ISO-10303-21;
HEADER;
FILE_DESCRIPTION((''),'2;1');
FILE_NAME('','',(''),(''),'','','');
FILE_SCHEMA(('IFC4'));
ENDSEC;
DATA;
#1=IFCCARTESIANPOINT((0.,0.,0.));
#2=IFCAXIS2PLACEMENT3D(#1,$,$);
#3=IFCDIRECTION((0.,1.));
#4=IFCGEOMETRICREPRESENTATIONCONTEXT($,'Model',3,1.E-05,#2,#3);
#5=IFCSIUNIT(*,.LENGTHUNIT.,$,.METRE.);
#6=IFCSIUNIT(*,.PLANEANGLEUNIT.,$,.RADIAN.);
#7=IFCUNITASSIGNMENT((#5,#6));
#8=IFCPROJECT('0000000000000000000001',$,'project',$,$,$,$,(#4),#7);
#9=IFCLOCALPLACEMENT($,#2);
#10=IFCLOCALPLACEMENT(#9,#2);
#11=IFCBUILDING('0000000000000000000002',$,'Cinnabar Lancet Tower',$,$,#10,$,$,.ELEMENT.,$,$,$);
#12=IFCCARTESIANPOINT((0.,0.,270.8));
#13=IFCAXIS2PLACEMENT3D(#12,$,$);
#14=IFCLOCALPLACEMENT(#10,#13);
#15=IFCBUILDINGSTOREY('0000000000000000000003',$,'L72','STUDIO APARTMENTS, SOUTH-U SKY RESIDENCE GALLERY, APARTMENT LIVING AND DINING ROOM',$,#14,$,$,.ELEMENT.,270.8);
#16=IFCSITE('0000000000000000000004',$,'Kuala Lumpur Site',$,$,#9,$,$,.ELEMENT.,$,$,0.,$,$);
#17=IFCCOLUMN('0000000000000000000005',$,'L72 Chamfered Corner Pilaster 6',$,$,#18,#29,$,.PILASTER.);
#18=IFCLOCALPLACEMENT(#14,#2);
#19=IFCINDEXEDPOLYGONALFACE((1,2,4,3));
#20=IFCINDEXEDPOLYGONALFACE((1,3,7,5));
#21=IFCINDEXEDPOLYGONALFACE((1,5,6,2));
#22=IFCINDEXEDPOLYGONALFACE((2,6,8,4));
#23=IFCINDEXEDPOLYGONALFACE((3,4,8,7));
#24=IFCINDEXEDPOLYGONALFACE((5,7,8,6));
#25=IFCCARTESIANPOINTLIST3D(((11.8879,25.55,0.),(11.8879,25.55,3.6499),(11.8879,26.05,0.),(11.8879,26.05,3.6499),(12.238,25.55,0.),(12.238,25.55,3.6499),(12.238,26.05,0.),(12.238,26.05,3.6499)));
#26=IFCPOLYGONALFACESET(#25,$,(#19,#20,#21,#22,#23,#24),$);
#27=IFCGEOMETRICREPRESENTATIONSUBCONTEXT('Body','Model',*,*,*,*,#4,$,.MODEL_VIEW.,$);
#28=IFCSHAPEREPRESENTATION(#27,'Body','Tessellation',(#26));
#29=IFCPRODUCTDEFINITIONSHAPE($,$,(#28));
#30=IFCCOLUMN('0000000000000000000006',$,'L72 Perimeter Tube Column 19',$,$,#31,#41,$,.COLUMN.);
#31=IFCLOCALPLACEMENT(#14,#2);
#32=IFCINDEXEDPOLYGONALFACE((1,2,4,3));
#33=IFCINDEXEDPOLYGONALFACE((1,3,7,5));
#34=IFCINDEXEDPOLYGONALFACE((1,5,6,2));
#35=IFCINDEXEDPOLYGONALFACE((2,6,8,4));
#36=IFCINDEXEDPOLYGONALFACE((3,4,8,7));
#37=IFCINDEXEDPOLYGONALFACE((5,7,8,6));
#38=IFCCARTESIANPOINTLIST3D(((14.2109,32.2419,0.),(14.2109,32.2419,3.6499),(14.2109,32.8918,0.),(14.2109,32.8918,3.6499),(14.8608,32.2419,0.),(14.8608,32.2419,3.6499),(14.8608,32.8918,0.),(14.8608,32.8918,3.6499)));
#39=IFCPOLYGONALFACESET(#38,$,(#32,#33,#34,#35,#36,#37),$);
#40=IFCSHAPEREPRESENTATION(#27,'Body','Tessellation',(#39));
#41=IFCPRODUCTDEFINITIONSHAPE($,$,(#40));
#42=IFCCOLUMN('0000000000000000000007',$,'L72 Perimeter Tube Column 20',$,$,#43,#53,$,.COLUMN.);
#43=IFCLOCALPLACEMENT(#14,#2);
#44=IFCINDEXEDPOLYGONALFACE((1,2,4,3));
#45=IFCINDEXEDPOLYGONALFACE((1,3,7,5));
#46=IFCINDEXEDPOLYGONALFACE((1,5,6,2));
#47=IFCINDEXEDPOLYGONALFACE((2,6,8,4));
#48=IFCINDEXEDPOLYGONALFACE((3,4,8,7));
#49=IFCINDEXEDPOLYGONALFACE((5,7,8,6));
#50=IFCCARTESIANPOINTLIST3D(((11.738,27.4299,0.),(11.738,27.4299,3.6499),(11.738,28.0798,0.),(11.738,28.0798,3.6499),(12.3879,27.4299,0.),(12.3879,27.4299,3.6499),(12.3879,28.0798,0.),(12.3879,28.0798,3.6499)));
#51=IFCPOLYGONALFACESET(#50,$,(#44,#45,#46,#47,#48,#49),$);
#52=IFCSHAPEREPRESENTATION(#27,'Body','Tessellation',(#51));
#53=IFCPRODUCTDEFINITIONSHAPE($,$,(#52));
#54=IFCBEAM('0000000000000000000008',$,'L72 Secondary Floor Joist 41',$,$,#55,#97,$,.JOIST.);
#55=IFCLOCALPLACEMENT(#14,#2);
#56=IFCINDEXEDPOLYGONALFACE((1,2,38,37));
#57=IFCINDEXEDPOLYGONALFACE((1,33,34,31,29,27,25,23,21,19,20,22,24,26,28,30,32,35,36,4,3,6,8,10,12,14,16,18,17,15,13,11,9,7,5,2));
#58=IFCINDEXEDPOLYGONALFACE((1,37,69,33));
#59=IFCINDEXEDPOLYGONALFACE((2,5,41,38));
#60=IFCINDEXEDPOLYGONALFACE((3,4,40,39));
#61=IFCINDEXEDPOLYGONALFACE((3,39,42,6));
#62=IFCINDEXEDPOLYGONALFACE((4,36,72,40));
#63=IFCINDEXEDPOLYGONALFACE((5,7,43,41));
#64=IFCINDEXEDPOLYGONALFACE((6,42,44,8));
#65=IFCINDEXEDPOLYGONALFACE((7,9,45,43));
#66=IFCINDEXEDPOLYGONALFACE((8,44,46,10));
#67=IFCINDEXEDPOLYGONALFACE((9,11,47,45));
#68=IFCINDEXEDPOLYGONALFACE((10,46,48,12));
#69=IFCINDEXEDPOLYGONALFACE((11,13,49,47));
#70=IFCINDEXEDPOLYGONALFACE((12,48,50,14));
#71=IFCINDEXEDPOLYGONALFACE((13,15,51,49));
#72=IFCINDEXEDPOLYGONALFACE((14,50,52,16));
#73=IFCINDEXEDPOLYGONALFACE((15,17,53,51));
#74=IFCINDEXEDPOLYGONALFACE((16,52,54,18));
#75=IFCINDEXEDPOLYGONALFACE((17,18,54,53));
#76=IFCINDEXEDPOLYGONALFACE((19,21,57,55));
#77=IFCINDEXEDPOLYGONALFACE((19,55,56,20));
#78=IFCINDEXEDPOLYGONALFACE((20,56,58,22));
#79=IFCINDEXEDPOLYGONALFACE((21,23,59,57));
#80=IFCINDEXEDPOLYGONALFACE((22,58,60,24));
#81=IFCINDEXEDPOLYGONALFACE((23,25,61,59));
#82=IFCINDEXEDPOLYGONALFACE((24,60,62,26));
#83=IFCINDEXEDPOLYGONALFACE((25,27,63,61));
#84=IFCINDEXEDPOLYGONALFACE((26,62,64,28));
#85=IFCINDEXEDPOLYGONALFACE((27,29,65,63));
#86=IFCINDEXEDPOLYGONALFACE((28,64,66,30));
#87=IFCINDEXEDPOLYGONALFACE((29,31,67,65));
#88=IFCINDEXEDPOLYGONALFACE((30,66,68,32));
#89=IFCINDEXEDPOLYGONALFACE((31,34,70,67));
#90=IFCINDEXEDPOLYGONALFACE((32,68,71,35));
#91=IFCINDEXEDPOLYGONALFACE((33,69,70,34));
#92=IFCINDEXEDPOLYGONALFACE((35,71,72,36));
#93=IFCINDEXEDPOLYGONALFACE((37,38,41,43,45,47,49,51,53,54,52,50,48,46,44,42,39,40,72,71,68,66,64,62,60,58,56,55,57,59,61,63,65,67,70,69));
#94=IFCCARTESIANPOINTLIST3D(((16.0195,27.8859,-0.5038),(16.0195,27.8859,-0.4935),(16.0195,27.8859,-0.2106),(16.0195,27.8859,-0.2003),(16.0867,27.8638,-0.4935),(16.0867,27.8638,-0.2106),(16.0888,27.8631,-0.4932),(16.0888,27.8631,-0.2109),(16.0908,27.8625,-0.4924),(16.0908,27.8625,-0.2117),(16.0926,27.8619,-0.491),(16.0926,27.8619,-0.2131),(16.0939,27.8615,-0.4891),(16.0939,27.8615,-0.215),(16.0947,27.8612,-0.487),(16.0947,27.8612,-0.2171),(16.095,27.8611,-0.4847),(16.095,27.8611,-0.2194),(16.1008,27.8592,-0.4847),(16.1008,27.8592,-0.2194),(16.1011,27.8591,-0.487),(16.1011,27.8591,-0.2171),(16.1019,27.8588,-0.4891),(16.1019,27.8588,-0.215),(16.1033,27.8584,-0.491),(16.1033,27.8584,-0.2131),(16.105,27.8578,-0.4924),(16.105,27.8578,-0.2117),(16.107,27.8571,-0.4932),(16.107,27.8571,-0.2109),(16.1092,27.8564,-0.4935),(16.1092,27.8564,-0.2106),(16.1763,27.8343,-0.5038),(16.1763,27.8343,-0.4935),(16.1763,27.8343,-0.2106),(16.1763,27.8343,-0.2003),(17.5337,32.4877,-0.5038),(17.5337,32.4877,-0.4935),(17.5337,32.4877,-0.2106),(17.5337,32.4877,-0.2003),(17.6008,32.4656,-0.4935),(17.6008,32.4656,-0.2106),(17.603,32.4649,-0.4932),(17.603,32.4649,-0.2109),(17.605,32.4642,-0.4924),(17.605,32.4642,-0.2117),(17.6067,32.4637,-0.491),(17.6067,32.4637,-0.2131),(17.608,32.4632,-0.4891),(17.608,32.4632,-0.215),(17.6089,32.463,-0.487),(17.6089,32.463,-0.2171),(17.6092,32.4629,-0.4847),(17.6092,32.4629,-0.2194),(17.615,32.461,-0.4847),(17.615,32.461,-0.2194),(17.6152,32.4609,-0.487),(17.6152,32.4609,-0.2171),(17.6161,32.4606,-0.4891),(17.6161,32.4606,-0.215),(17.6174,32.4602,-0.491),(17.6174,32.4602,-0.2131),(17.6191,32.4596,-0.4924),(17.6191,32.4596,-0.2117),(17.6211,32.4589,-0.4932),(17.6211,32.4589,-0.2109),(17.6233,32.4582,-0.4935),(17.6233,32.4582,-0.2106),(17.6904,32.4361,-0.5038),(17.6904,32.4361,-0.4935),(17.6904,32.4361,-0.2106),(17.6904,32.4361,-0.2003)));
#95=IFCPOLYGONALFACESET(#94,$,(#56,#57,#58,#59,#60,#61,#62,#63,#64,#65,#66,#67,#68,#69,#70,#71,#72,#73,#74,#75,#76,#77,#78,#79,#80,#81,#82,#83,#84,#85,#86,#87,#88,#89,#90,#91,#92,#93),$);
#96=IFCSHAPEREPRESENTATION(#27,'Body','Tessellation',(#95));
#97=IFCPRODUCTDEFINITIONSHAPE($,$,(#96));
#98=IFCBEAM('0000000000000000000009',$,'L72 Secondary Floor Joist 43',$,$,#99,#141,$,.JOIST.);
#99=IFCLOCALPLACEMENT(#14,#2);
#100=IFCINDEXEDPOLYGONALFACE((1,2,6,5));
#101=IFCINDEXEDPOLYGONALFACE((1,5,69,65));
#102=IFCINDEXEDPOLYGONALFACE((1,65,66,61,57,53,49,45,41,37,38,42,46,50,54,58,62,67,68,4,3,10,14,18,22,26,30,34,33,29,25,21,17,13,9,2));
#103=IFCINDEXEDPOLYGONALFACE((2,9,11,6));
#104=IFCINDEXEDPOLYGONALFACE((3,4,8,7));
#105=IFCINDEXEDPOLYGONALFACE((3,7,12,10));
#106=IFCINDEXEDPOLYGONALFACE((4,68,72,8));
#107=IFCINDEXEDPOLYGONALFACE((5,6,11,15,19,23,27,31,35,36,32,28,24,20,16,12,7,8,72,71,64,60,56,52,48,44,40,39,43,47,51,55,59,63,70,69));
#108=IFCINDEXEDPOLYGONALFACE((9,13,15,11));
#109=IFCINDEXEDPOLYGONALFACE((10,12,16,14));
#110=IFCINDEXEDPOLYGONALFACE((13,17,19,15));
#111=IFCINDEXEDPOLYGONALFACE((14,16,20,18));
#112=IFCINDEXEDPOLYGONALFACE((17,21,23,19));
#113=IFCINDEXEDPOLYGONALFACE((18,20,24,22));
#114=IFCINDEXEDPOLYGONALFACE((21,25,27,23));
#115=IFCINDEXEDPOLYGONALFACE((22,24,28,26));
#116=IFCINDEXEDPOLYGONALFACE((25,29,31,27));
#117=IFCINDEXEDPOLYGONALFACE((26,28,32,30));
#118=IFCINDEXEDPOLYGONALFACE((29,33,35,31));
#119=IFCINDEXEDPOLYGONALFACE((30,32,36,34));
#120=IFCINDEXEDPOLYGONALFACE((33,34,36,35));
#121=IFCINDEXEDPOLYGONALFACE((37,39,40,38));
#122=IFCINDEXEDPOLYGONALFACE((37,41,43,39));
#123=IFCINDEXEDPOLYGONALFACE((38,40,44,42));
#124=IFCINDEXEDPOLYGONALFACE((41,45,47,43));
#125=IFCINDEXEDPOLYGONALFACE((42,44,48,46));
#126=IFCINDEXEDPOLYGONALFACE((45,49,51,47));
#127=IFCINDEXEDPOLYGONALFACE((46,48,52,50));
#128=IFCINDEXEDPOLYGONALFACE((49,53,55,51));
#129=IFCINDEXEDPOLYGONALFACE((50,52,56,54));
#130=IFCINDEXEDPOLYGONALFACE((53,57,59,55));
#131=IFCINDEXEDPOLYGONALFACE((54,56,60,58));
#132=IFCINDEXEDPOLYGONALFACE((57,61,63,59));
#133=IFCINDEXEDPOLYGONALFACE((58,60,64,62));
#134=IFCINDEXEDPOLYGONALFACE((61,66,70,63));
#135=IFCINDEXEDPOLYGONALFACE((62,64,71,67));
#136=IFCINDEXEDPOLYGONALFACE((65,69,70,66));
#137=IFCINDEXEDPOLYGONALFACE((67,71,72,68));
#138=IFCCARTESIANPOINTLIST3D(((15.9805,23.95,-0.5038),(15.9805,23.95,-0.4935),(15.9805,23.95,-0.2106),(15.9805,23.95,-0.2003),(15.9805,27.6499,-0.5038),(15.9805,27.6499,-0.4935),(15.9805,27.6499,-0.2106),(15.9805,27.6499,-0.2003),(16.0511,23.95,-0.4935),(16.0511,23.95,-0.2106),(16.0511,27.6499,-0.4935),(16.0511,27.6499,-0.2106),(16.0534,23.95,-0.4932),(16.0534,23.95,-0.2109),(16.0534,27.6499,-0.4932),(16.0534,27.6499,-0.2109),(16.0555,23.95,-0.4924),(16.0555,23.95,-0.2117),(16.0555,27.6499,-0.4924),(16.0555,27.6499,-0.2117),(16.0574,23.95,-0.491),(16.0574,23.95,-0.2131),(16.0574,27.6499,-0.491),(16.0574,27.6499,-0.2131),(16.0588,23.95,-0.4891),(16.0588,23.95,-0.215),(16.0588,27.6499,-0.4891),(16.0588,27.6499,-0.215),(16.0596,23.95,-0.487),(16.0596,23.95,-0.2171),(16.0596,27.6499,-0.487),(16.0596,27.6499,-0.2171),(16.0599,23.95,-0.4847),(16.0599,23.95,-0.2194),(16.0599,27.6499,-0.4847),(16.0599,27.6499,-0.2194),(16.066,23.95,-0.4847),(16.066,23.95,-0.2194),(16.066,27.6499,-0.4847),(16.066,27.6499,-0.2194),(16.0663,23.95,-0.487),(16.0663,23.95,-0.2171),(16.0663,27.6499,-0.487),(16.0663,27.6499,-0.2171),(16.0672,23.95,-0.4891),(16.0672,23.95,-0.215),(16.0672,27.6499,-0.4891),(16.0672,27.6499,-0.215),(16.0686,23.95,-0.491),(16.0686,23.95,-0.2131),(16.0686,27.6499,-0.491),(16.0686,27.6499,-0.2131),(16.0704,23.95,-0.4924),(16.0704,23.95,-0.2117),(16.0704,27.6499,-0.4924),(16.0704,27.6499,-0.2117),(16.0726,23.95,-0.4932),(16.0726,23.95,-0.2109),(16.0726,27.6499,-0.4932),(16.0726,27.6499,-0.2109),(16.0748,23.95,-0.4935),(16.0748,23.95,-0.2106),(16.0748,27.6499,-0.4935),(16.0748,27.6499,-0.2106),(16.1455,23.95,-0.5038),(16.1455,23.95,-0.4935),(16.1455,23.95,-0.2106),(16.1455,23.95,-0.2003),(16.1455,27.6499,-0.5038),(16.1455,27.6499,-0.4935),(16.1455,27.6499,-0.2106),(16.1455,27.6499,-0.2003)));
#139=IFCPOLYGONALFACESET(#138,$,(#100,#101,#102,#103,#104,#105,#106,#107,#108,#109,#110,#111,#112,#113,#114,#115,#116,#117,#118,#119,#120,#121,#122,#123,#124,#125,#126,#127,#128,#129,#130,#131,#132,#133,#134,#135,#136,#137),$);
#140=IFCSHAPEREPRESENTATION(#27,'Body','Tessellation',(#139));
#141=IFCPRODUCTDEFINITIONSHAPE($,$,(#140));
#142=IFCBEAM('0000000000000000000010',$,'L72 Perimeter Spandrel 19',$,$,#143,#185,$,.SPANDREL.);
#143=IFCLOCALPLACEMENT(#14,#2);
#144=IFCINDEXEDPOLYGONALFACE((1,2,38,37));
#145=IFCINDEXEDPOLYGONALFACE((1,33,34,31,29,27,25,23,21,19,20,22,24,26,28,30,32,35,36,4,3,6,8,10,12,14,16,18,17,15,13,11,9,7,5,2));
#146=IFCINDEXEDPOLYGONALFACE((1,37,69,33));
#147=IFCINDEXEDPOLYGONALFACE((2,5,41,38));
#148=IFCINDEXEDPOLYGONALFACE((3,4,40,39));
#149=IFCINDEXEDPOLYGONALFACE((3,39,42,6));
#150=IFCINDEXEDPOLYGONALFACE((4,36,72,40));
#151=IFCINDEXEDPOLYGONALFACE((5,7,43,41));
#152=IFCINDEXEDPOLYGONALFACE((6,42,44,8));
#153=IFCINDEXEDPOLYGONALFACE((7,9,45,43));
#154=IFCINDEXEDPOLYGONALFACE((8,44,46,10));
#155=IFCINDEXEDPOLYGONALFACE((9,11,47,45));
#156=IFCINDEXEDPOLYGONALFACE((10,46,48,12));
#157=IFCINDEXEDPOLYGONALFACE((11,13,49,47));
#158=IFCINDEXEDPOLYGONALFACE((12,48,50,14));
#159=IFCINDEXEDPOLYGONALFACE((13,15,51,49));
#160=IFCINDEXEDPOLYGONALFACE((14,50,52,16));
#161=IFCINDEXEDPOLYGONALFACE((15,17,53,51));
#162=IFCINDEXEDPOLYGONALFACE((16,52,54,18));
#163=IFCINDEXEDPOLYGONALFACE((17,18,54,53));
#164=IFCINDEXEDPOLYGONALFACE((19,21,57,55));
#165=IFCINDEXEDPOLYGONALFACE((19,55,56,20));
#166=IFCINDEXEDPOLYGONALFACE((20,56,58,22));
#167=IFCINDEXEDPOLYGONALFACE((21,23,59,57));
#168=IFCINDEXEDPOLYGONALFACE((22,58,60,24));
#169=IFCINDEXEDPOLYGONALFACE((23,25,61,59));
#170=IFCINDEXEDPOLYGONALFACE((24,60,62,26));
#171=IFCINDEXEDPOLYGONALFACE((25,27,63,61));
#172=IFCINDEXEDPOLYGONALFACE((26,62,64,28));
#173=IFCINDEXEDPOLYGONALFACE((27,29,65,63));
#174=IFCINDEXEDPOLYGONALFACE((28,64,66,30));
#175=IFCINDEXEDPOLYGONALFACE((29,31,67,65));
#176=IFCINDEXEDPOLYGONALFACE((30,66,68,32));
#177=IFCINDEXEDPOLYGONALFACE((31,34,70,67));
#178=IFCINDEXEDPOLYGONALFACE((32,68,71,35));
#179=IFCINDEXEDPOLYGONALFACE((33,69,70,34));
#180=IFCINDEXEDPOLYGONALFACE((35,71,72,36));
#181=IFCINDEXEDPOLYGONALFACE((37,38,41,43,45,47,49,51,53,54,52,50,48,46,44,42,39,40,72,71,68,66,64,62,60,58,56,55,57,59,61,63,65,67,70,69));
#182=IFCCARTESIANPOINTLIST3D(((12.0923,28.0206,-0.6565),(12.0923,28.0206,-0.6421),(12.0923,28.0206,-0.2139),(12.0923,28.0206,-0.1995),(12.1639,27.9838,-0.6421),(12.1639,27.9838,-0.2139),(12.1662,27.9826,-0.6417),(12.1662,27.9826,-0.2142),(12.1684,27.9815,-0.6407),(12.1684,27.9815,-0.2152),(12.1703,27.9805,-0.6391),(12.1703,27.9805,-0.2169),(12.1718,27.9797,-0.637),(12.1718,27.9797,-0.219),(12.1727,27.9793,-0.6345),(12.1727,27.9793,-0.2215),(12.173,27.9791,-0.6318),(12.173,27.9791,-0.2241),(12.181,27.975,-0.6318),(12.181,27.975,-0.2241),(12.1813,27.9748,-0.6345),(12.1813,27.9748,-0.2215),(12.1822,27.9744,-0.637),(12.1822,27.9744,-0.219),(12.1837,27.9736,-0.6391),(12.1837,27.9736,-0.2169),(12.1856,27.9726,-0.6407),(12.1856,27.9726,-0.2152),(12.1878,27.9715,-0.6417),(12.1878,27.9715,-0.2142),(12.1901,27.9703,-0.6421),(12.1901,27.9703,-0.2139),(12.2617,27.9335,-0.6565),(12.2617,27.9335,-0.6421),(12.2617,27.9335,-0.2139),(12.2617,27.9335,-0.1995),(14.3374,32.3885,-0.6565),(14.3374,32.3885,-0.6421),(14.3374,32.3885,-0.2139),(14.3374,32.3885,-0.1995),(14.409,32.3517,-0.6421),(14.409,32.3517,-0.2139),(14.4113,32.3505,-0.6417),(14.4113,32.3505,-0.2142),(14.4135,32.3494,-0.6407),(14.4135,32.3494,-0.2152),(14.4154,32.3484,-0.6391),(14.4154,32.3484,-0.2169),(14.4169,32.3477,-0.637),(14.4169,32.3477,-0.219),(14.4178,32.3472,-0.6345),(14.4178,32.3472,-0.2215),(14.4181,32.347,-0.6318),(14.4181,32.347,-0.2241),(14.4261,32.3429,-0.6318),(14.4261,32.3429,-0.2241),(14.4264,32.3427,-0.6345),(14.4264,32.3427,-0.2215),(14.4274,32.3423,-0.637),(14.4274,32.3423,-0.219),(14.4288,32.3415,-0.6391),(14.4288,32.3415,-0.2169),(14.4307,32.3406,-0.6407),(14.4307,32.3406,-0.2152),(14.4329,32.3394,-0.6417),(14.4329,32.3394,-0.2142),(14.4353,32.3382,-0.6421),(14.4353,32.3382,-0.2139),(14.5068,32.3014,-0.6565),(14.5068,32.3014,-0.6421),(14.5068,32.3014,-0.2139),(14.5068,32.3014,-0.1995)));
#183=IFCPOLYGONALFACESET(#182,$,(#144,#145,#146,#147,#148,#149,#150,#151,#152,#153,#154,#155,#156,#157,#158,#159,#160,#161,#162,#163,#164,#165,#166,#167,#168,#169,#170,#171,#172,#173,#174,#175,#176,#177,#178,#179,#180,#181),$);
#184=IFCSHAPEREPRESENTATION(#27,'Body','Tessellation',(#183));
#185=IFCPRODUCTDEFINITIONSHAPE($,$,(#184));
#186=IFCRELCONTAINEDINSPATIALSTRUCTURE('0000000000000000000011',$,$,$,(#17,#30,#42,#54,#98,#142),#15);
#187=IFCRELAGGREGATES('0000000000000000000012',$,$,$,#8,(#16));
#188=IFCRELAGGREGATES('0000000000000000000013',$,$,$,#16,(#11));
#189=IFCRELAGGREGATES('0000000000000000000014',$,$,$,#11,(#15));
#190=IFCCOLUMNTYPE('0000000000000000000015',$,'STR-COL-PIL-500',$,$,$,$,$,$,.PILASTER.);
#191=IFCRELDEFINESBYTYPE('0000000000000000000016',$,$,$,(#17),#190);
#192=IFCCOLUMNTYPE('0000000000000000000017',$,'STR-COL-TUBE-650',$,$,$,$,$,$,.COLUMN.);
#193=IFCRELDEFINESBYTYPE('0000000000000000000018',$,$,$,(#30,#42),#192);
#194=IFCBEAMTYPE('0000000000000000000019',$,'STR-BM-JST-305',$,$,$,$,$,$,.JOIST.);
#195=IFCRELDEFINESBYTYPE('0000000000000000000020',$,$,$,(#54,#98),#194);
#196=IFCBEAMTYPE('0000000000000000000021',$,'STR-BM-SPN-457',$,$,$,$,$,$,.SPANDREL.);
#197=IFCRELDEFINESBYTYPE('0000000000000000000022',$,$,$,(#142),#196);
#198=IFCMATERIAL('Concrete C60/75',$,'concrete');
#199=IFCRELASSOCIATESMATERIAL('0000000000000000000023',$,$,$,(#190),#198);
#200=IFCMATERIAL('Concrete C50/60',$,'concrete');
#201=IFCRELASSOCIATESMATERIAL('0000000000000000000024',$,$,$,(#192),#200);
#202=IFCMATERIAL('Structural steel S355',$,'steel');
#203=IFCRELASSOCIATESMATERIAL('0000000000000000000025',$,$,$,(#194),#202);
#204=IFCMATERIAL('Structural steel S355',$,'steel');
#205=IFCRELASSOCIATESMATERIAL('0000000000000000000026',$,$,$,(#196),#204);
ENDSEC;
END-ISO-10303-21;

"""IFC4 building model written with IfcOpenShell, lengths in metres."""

from ifc_helpers import new_model, si_unit, direction, frame, origin, origin_2d, place, context, subcontext, project, spatial, rectangle, i_section, extrude, material, material_profile, profile_set, type_object, element, save


model = new_model("IFC4")

# Units and contexts
model_context = context("Model", 3, precision=1e-05, world=origin(), true_north=direction((0.0, 1.0)))
body_context = subcontext(model_context, "Body", "Model", "MODEL_VIEW")
ifc_project = project(units=[si_unit("LENGTHUNIT", "METRE"), si_unit("PLANEANGLEUNIT", "RADIAN")], contexts=[model_context])

# Site, building, storey
site_placement = place(None, origin())
site = spatial("IfcSite", under=ifc_project, at=site_placement, Name="Kuala Lumpur Site", CompositionType="ELEMENT", RefElevation=0.0)
building_placement = place(site_placement, origin())
building = spatial("IfcBuilding", under=site, at=building_placement, Name="Cinnabar Lancet Tower", CompositionType="ELEMENT")
storey_placement = place(building_placement, frame((0.0, 0.0, 270.8)))
storey = spatial("IfcBuildingStorey", under=building, at=storey_placement, Name="L72", Description="STUDIO APARTMENTS, SOUTH-U SKY RESIDENCE GALLERY, APARTMENT LIVING AND DINING ROOM", CompositionType="ELEMENT", Elevation=270.8)

# Columns
ifc_material_1 = material(Name="Concrete C60/75", Category="concrete")
ifc_material_profile_1 = material_profile(ifc_material_1, rectangle(XDim=0.5, YDim=0.3501, at=origin_2d()), Name="RC-PIL 500x350")
ifc_profile_set_1 = profile_set([ifc_material_profile_1], Name="Concrete C60/75")
column_type_1 = type_object("IfcColumnType", Name="STR-COL-PIL-500", PredefinedType="PILASTER", material=ifc_profile_set_1)
column_placement = place(storey_placement, frame((12.063, 25.8, 0.0), z_axis=(0.0, 0.0, 1.0), x_axis=(0.0, -1.0, 0.0)))
element("IfcColumn", 1, at=column_placement, inside=storey, type_object=column_type_1, Name="L72 Chamfered Corner Pilaster 6", PredefinedType="PILASTER", context=body_context, shape_type="SweptSolid", body=[
    extrude(rectangle(XDim=0.5, YDim=0.3501, at=origin_2d()), origin(), (0.0, 0.0, 1.0), 3.6499),
])
ifc_material_2 = material(Name="Concrete C50/60", Category="concrete")
ifc_material_profile_2 = material_profile(ifc_material_2, rectangle(XDim=0.6499, YDim=0.6499, at=origin_2d()), Name="RC-COL 650x650")
ifc_profile_set_2 = profile_set([ifc_material_profile_2], Name="Concrete C50/60")
column_type_2 = type_object("IfcColumnType", Name="STR-COL-TUBE-650", PredefinedType="COLUMN", material=ifc_profile_set_2)
for number, where, z_axis, x_axis, name in (
    (2, (14.5359, 32.5669, 0.0), (0.0, 0.0, 1.0), (1.0, 0.0, 0.0), "L72 Perimeter Tube Column 19"),
    (3, (12.063, 27.7549, 0.0), (0.0, 0.0, 1.0), (1.0, 0.0, 0.0), "L72 Perimeter Tube Column 20"),
):
    element("IfcColumn", number, at=place(storey_placement, frame(where, z_axis=z_axis, x_axis=x_axis)), inside=storey, type_object=column_type_2, Name=name, PredefinedType="COLUMN", context=body_context, shape_type="SweptSolid", body=[
        extrude(rectangle(XDim=0.6499, YDim=0.6499, at=origin_2d()), origin(), (0.0, 0.0, 1.0), 3.6499),
    ])

# Beams
ifc_material_3 = material(Name="Structural steel S355", Category="steel")
ifc_material_profile_3 = material_profile(ifc_material_3, i_section(OverallWidth=0.165, OverallDepth=0.3035, WebThickness=0.0061, FlangeThickness=0.0103, FilletRadius=0.0088, at=origin_2d()), Name="UKB 305x165x40")
ifc_profile_set_3 = profile_set([ifc_material_profile_3], Name="Structural steel S355")
beam_type_1 = type_object("IfcBeamType", Name="STR-BM-JST-305", PredefinedType="JOIST", material=ifc_profile_set_3)
beam_1_placement = place(storey_placement, frame((17.6121, 32.4619, -0.3521), z_axis=(-0.312552, -0.949901, 0.0), x_axis=(0.949901, -0.312552, 0.0)))
element("IfcBeam", 4, at=beam_1_placement, inside=storey, type_object=beam_type_1, Name="L72 Secondary Floor Joist 41", PredefinedType="JOIST", context=body_context, shape_type="SweptSolid", body=[
    extrude(i_section(OverallWidth=0.165, OverallDepth=0.3035, WebThickness=0.0061, FlangeThickness=0.0103, FilletRadius=0.0088, at=origin_2d()), origin(), (0.0, 0.0, 1.0), 4.8445),
])
beam_2_placement = place(storey_placement, frame((16.063, 27.6499, -0.3521), z_axis=(0.0, -1.0, 0.0), x_axis=(1.0, 0.0, 0.0)))
element("IfcBeam", 5, at=beam_2_placement, inside=storey, type_object=beam_type_1, Name="L72 Secondary Floor Joist 43", PredefinedType="JOIST", context=body_context, shape_type="SweptSolid", body=[
    extrude(i_section(OverallWidth=0.165, OverallDepth=0.3035, WebThickness=0.0061, FlangeThickness=0.0103, FilletRadius=0.0088, at=origin_2d()), origin(), (0.0, 0.0, 1.0), 3.7),
])
ifc_material_4 = material(Name="Structural steel S355", Category="steel")
ifc_material_profile_4 = material_profile(ifc_material_4, i_section(OverallWidth=0.1904, OverallDepth=0.457, WebThickness=0.009, FlangeThickness=0.0144, FilletRadius=0.0103, at=origin_2d()), Name="UKB 457x191x74")
ifc_profile_set_4 = profile_set([ifc_material_profile_4], Name="Structural steel S355")
beam_type_2 = type_object("IfcBeamType", Name="STR-BM-SPN-457", PredefinedType="SPANDREL", material=ifc_profile_set_4)
beam_3_placement = place(storey_placement, frame((14.4221, 32.345, -0.428), z_axis=(-0.457148, -0.889391, 0.0), x_axis=(0.889391, -0.457148, 0.0)))
element("IfcBeam", 6, at=beam_3_placement, inside=storey, type_object=beam_type_2, Name="L72 Perimeter Spandrel 19", PredefinedType="SPANDREL", context=body_context, shape_type="SweptSolid", body=[
    extrude(i_section(OverallWidth=0.1904, OverallDepth=0.457, WebThickness=0.009, FlangeThickness=0.0144, FilletRadius=0.0103, at=origin_2d()), origin(), (0.0, 0.0, 1.0), 4.9111),
])

save(model, "model.ifc")
